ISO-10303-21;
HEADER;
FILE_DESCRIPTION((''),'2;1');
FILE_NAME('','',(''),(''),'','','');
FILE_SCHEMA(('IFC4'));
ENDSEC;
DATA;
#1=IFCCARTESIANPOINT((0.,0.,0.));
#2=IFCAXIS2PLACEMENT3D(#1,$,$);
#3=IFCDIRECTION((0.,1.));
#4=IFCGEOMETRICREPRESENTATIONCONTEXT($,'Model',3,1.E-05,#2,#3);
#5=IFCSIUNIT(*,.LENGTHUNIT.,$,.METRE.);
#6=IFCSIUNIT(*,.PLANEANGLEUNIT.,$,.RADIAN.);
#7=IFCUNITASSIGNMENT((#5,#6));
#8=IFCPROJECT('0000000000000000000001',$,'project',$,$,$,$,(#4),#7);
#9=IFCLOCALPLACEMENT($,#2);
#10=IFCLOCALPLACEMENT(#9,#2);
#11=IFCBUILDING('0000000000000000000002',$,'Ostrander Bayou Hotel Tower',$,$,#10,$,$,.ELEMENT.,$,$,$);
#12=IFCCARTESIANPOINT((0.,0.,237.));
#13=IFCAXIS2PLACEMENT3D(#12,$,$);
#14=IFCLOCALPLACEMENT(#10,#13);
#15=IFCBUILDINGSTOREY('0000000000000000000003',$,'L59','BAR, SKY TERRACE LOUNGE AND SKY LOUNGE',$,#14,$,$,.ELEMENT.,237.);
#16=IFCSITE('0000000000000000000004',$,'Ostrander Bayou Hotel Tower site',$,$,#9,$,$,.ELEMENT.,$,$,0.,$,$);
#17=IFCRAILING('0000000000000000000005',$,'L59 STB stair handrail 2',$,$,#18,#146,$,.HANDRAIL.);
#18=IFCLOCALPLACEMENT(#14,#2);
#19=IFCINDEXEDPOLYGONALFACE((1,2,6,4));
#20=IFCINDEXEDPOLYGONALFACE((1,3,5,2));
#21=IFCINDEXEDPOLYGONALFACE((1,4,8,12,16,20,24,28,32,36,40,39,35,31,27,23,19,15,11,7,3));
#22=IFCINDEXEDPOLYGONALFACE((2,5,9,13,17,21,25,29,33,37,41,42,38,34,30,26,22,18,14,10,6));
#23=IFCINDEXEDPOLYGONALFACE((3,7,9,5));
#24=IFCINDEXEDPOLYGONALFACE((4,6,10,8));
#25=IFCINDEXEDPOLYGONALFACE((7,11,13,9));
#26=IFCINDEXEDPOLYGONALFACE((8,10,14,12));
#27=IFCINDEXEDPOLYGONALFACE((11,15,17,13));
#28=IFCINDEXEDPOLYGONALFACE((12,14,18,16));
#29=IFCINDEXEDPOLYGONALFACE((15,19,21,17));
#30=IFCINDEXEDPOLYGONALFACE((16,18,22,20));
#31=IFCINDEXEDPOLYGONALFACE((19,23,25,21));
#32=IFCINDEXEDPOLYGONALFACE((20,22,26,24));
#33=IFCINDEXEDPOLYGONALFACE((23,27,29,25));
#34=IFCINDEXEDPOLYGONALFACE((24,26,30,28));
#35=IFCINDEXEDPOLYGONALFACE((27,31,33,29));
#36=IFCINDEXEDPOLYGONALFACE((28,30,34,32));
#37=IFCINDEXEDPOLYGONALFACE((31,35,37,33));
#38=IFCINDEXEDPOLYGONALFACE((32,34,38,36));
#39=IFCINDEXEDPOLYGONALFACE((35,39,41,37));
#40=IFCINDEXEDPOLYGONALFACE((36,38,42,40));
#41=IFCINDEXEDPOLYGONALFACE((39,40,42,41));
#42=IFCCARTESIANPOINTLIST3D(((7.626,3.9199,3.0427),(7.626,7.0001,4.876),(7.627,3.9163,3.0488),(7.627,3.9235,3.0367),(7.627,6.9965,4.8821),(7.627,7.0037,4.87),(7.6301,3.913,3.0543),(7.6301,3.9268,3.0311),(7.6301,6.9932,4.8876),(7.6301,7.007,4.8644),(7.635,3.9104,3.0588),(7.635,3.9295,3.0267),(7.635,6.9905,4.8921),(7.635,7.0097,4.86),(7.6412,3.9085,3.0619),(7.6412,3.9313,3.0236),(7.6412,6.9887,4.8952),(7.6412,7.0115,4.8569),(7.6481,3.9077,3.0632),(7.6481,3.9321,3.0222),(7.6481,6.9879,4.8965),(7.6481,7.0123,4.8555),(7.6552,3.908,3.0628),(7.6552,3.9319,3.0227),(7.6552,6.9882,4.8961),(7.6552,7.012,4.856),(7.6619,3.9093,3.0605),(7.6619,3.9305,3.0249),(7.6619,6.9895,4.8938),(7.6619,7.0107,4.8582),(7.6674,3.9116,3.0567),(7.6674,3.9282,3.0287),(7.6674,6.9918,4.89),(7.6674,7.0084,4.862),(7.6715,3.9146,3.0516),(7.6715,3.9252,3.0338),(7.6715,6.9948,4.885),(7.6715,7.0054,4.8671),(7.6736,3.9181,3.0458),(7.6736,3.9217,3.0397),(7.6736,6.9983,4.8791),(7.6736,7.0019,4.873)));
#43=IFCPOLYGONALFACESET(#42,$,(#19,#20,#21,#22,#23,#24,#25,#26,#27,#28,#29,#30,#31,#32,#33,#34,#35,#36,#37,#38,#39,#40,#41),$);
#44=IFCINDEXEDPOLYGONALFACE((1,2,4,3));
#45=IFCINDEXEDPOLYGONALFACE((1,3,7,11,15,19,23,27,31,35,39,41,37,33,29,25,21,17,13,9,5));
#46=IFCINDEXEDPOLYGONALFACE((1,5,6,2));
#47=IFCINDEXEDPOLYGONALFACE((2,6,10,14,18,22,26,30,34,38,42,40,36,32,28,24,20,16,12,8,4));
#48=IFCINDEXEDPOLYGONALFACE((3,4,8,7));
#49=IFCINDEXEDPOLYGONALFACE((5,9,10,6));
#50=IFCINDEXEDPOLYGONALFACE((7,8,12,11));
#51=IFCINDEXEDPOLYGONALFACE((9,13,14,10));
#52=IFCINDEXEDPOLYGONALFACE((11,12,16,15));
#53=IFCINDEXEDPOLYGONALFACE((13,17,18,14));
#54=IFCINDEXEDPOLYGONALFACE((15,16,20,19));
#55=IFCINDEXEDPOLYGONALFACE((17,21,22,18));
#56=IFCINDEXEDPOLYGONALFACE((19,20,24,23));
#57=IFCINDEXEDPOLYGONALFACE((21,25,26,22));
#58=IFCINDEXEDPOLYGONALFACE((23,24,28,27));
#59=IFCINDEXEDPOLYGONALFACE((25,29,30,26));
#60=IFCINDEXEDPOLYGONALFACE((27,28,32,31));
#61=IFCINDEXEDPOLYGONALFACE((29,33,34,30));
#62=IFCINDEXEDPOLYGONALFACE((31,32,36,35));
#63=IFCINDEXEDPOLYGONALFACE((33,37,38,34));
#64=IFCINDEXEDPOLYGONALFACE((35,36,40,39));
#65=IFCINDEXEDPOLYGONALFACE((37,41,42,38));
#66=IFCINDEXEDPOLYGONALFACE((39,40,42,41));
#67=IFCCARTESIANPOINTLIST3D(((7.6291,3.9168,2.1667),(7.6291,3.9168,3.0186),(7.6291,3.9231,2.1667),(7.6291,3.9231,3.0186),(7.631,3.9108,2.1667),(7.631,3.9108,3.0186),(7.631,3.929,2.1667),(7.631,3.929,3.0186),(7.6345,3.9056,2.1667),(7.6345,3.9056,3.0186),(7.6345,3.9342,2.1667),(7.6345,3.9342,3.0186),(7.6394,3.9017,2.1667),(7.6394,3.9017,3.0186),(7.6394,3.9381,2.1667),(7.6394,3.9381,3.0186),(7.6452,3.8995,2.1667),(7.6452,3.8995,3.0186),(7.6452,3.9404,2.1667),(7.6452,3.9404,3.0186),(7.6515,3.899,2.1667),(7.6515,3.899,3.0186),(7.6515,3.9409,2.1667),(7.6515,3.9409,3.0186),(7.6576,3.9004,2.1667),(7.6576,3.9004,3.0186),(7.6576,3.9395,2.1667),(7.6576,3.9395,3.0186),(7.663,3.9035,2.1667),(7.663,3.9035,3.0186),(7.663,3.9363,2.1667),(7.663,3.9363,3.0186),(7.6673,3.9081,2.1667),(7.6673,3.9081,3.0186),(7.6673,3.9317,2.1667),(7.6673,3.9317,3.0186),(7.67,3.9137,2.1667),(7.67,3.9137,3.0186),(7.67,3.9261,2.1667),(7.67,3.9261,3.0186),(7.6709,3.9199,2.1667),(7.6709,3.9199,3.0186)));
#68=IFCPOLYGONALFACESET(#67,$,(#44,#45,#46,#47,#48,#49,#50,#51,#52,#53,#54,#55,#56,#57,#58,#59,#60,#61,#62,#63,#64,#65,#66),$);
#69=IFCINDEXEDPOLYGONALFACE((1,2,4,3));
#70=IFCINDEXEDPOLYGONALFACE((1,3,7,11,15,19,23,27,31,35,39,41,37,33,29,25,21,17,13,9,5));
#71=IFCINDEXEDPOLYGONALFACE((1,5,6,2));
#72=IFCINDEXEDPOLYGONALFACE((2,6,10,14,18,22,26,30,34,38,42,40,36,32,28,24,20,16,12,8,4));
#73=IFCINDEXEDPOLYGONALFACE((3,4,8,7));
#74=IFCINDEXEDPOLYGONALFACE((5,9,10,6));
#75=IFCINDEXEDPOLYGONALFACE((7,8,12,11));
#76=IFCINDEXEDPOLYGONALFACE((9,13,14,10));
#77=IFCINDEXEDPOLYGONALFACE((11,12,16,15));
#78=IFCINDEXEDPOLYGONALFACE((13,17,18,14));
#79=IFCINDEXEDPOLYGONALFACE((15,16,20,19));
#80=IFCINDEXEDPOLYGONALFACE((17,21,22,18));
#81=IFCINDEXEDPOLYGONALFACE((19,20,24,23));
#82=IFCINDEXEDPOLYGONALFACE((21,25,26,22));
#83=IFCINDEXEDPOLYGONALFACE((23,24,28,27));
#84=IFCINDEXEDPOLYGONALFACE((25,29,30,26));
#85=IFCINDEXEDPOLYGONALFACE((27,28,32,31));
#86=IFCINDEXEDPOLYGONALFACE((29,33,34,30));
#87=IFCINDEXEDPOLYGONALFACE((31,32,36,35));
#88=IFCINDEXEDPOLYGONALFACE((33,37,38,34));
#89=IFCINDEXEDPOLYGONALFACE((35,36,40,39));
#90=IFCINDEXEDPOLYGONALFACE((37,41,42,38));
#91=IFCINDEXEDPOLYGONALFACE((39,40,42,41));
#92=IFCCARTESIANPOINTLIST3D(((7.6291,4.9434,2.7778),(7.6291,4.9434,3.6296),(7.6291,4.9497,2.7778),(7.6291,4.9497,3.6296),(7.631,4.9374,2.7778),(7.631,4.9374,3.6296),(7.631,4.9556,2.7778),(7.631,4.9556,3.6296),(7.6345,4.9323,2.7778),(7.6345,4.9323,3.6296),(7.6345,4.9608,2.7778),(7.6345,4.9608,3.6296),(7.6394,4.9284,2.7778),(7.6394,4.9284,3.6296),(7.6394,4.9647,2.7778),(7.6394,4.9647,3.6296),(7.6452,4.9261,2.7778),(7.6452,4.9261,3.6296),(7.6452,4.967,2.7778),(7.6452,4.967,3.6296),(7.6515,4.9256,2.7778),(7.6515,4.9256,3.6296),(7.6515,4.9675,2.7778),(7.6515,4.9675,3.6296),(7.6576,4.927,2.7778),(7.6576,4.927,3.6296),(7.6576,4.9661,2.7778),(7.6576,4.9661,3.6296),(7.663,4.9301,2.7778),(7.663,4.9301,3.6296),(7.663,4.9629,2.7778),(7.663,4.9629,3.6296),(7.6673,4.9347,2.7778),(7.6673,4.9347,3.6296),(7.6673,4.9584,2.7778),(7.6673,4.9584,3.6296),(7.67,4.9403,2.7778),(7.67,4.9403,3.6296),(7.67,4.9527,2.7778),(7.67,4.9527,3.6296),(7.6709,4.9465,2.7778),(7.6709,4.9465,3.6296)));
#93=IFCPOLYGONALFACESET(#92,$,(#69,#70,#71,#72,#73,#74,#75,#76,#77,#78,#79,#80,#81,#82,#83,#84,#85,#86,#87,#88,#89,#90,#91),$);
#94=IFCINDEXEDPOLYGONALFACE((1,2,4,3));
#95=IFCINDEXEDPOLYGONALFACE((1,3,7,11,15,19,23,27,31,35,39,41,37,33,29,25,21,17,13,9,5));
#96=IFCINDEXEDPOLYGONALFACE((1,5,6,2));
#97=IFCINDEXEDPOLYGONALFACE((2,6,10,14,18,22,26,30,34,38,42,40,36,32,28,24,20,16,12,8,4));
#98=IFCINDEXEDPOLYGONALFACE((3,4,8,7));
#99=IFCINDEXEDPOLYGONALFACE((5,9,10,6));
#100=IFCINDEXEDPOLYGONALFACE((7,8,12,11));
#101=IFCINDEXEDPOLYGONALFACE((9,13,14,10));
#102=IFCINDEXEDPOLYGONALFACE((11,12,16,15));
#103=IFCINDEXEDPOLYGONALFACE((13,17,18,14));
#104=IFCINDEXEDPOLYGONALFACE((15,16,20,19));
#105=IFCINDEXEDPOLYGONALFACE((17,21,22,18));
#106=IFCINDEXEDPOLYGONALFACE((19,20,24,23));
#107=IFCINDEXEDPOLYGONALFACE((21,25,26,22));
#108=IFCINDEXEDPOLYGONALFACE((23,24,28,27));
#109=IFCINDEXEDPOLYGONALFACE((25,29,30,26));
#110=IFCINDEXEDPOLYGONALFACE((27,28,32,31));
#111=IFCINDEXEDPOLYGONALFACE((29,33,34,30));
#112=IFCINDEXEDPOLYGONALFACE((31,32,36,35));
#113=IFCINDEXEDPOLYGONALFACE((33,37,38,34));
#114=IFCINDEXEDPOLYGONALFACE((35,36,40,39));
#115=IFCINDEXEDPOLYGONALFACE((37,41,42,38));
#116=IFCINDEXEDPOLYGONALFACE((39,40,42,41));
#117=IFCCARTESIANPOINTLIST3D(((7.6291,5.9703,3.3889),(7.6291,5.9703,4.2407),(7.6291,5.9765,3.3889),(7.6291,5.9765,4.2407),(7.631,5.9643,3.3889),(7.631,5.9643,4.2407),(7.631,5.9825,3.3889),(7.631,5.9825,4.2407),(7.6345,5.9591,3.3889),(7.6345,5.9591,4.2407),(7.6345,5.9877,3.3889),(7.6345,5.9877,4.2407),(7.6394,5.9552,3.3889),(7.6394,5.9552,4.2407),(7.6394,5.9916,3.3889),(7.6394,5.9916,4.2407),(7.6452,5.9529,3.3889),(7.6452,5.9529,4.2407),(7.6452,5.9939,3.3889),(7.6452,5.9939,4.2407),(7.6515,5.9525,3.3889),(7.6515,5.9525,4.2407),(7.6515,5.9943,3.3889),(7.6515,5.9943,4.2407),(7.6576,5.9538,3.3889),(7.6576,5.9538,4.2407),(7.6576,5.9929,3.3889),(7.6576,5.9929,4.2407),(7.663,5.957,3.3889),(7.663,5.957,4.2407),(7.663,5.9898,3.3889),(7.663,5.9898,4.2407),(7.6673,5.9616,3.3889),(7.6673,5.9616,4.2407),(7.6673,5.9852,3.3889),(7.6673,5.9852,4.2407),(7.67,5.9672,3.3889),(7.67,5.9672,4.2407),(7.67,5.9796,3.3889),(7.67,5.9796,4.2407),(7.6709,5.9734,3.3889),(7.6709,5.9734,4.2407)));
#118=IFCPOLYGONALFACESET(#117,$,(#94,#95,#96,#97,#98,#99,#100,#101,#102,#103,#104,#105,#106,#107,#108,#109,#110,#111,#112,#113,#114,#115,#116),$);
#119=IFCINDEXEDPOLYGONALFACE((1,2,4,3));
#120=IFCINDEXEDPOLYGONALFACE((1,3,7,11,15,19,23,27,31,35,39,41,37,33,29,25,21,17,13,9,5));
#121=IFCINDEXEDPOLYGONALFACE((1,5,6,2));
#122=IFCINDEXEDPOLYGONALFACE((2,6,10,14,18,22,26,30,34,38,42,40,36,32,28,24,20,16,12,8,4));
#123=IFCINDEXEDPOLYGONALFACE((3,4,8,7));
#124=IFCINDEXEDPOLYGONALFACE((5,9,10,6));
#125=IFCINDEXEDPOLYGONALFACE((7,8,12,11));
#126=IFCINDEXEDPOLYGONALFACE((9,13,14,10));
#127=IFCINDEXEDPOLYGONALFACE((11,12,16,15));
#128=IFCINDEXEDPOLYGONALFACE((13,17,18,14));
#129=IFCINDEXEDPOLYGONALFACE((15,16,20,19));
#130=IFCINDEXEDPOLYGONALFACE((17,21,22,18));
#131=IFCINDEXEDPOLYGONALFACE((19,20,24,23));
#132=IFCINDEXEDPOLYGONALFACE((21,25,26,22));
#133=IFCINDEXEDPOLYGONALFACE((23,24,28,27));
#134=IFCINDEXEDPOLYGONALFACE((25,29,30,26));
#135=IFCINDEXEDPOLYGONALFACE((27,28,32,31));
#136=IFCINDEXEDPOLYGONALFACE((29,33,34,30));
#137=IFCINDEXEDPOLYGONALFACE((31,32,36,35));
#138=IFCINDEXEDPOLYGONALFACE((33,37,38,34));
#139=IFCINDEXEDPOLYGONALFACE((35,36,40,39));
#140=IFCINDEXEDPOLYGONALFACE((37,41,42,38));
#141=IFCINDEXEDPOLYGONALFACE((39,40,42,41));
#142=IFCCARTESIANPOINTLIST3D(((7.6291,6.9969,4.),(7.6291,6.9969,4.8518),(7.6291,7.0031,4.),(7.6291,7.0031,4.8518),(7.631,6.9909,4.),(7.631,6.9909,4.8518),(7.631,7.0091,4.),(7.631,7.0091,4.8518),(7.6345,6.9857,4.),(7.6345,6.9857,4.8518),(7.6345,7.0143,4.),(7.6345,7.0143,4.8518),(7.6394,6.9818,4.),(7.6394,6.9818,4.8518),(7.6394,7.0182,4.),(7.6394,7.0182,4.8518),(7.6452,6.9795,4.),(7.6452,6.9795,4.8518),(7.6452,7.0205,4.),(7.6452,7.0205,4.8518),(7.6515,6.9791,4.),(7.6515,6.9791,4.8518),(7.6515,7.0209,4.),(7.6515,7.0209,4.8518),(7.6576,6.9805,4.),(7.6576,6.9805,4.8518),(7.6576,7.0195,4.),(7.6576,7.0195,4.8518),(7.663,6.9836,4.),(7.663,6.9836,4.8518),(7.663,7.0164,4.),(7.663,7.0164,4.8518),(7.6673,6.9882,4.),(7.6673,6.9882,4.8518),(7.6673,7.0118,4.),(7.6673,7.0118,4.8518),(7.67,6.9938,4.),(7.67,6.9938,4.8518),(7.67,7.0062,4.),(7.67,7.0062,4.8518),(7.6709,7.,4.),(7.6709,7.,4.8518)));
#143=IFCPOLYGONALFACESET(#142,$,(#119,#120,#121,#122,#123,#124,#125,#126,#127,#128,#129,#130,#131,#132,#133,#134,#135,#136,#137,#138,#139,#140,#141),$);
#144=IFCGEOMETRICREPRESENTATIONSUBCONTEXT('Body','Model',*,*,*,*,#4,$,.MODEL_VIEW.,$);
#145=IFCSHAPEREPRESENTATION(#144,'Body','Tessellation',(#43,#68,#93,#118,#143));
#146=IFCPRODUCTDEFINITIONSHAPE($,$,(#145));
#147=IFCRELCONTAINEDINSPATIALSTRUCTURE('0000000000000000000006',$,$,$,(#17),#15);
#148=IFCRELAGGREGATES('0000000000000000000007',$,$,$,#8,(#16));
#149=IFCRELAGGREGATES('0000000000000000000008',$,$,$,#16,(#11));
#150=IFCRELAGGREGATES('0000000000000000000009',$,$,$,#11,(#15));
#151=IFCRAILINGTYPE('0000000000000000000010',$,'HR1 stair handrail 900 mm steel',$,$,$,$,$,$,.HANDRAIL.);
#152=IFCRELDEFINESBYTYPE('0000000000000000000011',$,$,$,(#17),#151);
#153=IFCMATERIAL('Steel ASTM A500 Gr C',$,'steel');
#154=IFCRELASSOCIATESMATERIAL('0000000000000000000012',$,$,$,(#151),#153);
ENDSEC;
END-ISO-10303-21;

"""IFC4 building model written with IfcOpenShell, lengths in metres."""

from ifc_helpers import new_model, si_unit, direction, frame, origin, origin_2d, place, context, subcontext, project, spatial, circle, extrude, material, type_object, element, save


model = new_model("IFC4")

# Units and contexts
model_context = context("Model", 3, precision=1e-05, world=origin(), true_north=direction((0.0, 1.0)))
body_context = subcontext(model_context, "Body", "Model", "MODEL_VIEW")
ifc_project = project(units=[si_unit("LENGTHUNIT", "METRE"), si_unit("PLANEANGLEUNIT", "RADIAN")], contexts=[model_context])

# Site, building, storey
site_placement = place(None, origin())
site = spatial("IfcSite", under=ifc_project, at=site_placement, Name="Ostrander Bayou Hotel Tower site", CompositionType="ELEMENT", RefElevation=0.0)
building_placement = place(site_placement, origin())
building = spatial("IfcBuilding", under=site, at=building_placement, Name="Ostrander Bayou Hotel Tower", CompositionType="ELEMENT")
storey_placement = place(building_placement, frame((0.0, 0.0, 237.0)))
storey = spatial("IfcBuildingStorey", under=building, at=storey_placement, Name="L59", Description="BAR, SKY TERRACE LOUNGE AND SKY LOUNGE", CompositionType="ELEMENT", Elevation=237.0)

# Railing
ifc_material_1 = material(Name="Steel ASTM A500 Gr C", Category="steel")
railing_type_1 = type_object("IfcRailingType", Name="HR1 stair handrail 900 mm steel", PredefinedType="HANDRAIL", material=ifc_material_1)
for number, where, name in (
    (1, (7.6499, 3.9199, 2.1667), "L59 STB stair handrail 2"),
):
    element("IfcRailing", number, at=place(storey_placement, frame(where)), inside=storey, type_object=railing_type_1, Name=name, PredefinedType="HANDRAIL", context=body_context, shape_type="SweptSolid", body=[
        extrude(circle(Radius=0.0239, at=origin_2d()), frame((0.0, 0.0, 0.876), z_axis=(0.0, 0.859309, 0.511458), x_axis=(-1.0, 0.0, 0.0)), (0.0, 0.0, 1.0), 3.5845),
        extrude(circle(Radius=0.021, at=origin_2d()), origin(), (0.0, 0.0, 1.0), 0.8518),
        extrude(circle(Radius=0.021, at=origin_2d()), frame((0.0, 1.0266, 0.6111)), (0.0, 0.0, 1.0), 0.8518),
        extrude(circle(Radius=0.021, at=origin_2d()), frame((0.0, 2.0535, 1.2222)), (0.0, 0.0, 1.0), 0.8518),
        extrude(circle(Radius=0.021, at=origin_2d()), frame((0.0, 3.0801, 1.8333)), (0.0, 0.0, 1.0), 0.8518),
    ])

save(model, "model.ifc")
